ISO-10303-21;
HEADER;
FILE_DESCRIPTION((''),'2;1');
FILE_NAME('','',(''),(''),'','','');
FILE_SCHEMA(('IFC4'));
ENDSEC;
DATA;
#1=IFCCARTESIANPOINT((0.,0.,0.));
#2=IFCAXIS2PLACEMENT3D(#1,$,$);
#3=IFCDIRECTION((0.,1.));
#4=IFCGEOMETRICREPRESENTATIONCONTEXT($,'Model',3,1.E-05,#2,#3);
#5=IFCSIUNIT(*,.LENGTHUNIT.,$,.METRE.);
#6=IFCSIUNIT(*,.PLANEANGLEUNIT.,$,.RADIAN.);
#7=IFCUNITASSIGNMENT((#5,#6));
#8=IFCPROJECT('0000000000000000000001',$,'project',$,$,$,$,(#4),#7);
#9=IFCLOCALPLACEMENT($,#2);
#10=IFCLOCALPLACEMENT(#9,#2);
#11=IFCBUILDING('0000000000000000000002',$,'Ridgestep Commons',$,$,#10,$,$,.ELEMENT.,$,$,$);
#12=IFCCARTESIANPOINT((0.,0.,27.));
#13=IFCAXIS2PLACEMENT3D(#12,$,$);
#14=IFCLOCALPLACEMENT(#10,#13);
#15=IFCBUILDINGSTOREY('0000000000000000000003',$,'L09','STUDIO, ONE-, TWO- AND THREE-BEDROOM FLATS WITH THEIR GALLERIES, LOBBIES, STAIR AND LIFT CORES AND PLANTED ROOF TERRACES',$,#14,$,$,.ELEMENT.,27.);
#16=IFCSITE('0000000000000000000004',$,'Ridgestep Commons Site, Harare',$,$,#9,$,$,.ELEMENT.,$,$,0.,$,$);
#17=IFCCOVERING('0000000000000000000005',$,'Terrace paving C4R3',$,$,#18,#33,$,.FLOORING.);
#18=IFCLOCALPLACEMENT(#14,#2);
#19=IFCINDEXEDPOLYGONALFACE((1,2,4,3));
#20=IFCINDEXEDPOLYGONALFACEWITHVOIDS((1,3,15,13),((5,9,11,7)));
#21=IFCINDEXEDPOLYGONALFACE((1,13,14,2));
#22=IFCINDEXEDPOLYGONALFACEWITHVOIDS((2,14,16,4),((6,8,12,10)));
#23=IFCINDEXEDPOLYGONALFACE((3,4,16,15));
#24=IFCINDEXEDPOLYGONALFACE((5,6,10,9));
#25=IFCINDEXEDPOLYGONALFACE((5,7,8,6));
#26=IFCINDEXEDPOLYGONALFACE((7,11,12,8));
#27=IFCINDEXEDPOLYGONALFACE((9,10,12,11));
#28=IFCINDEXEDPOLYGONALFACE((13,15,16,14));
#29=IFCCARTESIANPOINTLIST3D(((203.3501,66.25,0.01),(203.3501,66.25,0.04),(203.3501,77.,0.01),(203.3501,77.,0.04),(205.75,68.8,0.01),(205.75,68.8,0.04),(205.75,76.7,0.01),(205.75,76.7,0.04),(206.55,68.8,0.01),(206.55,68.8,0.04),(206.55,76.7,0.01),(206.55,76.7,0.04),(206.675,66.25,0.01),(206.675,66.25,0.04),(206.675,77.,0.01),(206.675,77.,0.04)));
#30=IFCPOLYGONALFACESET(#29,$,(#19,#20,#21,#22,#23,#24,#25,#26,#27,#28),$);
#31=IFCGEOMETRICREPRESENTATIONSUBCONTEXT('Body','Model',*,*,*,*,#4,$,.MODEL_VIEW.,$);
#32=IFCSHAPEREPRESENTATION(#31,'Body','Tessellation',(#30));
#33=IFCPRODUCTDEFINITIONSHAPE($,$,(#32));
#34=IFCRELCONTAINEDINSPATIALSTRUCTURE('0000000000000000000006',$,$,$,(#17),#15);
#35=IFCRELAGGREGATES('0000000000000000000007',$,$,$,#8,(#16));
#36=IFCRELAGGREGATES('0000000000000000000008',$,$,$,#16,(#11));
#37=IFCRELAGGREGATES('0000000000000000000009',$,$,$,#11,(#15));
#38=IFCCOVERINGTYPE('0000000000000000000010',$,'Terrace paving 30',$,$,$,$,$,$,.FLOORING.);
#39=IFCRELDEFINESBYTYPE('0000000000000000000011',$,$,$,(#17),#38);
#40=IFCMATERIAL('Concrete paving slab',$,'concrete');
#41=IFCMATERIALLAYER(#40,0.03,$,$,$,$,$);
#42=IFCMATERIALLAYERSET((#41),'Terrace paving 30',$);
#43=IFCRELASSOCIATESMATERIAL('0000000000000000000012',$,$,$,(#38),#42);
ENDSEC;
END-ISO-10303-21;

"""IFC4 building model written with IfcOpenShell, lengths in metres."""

from ifc_helpers import new_model, si_unit, direction, frame, origin, place, context, subcontext, project, spatial, polyline, outline, extrude, material, layer, layer_set, type_object, element, save


model = new_model("IFC4")

# Units and contexts
model_context = context("Model", 3, precision=1e-05, world=origin(), true_north=direction((0.0, 1.0)))
body_context = subcontext(model_context, "Body", "Model", "MODEL_VIEW")
ifc_project = project(units=[si_unit("LENGTHUNIT", "METRE"), si_unit("PLANEANGLEUNIT", "RADIAN")], contexts=[model_context])

# Site, building, storey
site_placement = place(None, origin())
site = spatial("IfcSite", under=ifc_project, at=site_placement, Name="Ridgestep Commons Site, Harare", CompositionType="ELEMENT", RefElevation=0.0)
building_placement = place(site_placement, origin())
building = spatial("IfcBuilding", under=site, at=building_placement, Name="Ridgestep Commons", CompositionType="ELEMENT")
storey_placement = place(building_placement, frame((0.0, 0.0, 27.0)))
storey = spatial("IfcBuildingStorey", under=building, at=storey_placement, Name="L09", Description="STUDIO, ONE-, TWO- AND THREE-BEDROOM FLATS WITH THEIR GALLERIES, LOBBIES, STAIR AND LIFT CORES AND PLANTED ROOF TERRACES", CompositionType="ELEMENT", Elevation=27.0)

# Covering
ifc_material_1 = material(Name="Concrete paving slab", Category="concrete")
ifc_layer_1 = layer(ifc_material_1, 0.03)
ifc_layer_set_1 = layer_set([ifc_layer_1], Name="Terrace paving 30")
covering_type_1 = type_object("IfcCoveringType", Name="Terrace paving 30", PredefinedType="FLOORING", material=ifc_layer_set_1)
covering_1_placement = place(storey_placement, frame((0.0, 0.0, 0.01)))
element("IfcCovering", 1, at=covering_1_placement, inside=storey, type_object=covering_type_1, Name="Terrace paving C4R3", PredefinedType="FLOORING", context=body_context, shape_type="SweptSolid", body=[
    extrude(outline(polyline([(206.675, 66.25), (206.675, 77.0), (203.3501, 77.0), (203.3501, 66.25), (206.675, 66.25)]), holes=[polyline([(206.55, 68.8), (206.55, 76.7), (205.75, 76.7), (205.75, 68.8), (206.55, 68.8)])]), origin(), (0.0, 0.0, 1.0), 0.03),
])

save(model, "model.ifc")
